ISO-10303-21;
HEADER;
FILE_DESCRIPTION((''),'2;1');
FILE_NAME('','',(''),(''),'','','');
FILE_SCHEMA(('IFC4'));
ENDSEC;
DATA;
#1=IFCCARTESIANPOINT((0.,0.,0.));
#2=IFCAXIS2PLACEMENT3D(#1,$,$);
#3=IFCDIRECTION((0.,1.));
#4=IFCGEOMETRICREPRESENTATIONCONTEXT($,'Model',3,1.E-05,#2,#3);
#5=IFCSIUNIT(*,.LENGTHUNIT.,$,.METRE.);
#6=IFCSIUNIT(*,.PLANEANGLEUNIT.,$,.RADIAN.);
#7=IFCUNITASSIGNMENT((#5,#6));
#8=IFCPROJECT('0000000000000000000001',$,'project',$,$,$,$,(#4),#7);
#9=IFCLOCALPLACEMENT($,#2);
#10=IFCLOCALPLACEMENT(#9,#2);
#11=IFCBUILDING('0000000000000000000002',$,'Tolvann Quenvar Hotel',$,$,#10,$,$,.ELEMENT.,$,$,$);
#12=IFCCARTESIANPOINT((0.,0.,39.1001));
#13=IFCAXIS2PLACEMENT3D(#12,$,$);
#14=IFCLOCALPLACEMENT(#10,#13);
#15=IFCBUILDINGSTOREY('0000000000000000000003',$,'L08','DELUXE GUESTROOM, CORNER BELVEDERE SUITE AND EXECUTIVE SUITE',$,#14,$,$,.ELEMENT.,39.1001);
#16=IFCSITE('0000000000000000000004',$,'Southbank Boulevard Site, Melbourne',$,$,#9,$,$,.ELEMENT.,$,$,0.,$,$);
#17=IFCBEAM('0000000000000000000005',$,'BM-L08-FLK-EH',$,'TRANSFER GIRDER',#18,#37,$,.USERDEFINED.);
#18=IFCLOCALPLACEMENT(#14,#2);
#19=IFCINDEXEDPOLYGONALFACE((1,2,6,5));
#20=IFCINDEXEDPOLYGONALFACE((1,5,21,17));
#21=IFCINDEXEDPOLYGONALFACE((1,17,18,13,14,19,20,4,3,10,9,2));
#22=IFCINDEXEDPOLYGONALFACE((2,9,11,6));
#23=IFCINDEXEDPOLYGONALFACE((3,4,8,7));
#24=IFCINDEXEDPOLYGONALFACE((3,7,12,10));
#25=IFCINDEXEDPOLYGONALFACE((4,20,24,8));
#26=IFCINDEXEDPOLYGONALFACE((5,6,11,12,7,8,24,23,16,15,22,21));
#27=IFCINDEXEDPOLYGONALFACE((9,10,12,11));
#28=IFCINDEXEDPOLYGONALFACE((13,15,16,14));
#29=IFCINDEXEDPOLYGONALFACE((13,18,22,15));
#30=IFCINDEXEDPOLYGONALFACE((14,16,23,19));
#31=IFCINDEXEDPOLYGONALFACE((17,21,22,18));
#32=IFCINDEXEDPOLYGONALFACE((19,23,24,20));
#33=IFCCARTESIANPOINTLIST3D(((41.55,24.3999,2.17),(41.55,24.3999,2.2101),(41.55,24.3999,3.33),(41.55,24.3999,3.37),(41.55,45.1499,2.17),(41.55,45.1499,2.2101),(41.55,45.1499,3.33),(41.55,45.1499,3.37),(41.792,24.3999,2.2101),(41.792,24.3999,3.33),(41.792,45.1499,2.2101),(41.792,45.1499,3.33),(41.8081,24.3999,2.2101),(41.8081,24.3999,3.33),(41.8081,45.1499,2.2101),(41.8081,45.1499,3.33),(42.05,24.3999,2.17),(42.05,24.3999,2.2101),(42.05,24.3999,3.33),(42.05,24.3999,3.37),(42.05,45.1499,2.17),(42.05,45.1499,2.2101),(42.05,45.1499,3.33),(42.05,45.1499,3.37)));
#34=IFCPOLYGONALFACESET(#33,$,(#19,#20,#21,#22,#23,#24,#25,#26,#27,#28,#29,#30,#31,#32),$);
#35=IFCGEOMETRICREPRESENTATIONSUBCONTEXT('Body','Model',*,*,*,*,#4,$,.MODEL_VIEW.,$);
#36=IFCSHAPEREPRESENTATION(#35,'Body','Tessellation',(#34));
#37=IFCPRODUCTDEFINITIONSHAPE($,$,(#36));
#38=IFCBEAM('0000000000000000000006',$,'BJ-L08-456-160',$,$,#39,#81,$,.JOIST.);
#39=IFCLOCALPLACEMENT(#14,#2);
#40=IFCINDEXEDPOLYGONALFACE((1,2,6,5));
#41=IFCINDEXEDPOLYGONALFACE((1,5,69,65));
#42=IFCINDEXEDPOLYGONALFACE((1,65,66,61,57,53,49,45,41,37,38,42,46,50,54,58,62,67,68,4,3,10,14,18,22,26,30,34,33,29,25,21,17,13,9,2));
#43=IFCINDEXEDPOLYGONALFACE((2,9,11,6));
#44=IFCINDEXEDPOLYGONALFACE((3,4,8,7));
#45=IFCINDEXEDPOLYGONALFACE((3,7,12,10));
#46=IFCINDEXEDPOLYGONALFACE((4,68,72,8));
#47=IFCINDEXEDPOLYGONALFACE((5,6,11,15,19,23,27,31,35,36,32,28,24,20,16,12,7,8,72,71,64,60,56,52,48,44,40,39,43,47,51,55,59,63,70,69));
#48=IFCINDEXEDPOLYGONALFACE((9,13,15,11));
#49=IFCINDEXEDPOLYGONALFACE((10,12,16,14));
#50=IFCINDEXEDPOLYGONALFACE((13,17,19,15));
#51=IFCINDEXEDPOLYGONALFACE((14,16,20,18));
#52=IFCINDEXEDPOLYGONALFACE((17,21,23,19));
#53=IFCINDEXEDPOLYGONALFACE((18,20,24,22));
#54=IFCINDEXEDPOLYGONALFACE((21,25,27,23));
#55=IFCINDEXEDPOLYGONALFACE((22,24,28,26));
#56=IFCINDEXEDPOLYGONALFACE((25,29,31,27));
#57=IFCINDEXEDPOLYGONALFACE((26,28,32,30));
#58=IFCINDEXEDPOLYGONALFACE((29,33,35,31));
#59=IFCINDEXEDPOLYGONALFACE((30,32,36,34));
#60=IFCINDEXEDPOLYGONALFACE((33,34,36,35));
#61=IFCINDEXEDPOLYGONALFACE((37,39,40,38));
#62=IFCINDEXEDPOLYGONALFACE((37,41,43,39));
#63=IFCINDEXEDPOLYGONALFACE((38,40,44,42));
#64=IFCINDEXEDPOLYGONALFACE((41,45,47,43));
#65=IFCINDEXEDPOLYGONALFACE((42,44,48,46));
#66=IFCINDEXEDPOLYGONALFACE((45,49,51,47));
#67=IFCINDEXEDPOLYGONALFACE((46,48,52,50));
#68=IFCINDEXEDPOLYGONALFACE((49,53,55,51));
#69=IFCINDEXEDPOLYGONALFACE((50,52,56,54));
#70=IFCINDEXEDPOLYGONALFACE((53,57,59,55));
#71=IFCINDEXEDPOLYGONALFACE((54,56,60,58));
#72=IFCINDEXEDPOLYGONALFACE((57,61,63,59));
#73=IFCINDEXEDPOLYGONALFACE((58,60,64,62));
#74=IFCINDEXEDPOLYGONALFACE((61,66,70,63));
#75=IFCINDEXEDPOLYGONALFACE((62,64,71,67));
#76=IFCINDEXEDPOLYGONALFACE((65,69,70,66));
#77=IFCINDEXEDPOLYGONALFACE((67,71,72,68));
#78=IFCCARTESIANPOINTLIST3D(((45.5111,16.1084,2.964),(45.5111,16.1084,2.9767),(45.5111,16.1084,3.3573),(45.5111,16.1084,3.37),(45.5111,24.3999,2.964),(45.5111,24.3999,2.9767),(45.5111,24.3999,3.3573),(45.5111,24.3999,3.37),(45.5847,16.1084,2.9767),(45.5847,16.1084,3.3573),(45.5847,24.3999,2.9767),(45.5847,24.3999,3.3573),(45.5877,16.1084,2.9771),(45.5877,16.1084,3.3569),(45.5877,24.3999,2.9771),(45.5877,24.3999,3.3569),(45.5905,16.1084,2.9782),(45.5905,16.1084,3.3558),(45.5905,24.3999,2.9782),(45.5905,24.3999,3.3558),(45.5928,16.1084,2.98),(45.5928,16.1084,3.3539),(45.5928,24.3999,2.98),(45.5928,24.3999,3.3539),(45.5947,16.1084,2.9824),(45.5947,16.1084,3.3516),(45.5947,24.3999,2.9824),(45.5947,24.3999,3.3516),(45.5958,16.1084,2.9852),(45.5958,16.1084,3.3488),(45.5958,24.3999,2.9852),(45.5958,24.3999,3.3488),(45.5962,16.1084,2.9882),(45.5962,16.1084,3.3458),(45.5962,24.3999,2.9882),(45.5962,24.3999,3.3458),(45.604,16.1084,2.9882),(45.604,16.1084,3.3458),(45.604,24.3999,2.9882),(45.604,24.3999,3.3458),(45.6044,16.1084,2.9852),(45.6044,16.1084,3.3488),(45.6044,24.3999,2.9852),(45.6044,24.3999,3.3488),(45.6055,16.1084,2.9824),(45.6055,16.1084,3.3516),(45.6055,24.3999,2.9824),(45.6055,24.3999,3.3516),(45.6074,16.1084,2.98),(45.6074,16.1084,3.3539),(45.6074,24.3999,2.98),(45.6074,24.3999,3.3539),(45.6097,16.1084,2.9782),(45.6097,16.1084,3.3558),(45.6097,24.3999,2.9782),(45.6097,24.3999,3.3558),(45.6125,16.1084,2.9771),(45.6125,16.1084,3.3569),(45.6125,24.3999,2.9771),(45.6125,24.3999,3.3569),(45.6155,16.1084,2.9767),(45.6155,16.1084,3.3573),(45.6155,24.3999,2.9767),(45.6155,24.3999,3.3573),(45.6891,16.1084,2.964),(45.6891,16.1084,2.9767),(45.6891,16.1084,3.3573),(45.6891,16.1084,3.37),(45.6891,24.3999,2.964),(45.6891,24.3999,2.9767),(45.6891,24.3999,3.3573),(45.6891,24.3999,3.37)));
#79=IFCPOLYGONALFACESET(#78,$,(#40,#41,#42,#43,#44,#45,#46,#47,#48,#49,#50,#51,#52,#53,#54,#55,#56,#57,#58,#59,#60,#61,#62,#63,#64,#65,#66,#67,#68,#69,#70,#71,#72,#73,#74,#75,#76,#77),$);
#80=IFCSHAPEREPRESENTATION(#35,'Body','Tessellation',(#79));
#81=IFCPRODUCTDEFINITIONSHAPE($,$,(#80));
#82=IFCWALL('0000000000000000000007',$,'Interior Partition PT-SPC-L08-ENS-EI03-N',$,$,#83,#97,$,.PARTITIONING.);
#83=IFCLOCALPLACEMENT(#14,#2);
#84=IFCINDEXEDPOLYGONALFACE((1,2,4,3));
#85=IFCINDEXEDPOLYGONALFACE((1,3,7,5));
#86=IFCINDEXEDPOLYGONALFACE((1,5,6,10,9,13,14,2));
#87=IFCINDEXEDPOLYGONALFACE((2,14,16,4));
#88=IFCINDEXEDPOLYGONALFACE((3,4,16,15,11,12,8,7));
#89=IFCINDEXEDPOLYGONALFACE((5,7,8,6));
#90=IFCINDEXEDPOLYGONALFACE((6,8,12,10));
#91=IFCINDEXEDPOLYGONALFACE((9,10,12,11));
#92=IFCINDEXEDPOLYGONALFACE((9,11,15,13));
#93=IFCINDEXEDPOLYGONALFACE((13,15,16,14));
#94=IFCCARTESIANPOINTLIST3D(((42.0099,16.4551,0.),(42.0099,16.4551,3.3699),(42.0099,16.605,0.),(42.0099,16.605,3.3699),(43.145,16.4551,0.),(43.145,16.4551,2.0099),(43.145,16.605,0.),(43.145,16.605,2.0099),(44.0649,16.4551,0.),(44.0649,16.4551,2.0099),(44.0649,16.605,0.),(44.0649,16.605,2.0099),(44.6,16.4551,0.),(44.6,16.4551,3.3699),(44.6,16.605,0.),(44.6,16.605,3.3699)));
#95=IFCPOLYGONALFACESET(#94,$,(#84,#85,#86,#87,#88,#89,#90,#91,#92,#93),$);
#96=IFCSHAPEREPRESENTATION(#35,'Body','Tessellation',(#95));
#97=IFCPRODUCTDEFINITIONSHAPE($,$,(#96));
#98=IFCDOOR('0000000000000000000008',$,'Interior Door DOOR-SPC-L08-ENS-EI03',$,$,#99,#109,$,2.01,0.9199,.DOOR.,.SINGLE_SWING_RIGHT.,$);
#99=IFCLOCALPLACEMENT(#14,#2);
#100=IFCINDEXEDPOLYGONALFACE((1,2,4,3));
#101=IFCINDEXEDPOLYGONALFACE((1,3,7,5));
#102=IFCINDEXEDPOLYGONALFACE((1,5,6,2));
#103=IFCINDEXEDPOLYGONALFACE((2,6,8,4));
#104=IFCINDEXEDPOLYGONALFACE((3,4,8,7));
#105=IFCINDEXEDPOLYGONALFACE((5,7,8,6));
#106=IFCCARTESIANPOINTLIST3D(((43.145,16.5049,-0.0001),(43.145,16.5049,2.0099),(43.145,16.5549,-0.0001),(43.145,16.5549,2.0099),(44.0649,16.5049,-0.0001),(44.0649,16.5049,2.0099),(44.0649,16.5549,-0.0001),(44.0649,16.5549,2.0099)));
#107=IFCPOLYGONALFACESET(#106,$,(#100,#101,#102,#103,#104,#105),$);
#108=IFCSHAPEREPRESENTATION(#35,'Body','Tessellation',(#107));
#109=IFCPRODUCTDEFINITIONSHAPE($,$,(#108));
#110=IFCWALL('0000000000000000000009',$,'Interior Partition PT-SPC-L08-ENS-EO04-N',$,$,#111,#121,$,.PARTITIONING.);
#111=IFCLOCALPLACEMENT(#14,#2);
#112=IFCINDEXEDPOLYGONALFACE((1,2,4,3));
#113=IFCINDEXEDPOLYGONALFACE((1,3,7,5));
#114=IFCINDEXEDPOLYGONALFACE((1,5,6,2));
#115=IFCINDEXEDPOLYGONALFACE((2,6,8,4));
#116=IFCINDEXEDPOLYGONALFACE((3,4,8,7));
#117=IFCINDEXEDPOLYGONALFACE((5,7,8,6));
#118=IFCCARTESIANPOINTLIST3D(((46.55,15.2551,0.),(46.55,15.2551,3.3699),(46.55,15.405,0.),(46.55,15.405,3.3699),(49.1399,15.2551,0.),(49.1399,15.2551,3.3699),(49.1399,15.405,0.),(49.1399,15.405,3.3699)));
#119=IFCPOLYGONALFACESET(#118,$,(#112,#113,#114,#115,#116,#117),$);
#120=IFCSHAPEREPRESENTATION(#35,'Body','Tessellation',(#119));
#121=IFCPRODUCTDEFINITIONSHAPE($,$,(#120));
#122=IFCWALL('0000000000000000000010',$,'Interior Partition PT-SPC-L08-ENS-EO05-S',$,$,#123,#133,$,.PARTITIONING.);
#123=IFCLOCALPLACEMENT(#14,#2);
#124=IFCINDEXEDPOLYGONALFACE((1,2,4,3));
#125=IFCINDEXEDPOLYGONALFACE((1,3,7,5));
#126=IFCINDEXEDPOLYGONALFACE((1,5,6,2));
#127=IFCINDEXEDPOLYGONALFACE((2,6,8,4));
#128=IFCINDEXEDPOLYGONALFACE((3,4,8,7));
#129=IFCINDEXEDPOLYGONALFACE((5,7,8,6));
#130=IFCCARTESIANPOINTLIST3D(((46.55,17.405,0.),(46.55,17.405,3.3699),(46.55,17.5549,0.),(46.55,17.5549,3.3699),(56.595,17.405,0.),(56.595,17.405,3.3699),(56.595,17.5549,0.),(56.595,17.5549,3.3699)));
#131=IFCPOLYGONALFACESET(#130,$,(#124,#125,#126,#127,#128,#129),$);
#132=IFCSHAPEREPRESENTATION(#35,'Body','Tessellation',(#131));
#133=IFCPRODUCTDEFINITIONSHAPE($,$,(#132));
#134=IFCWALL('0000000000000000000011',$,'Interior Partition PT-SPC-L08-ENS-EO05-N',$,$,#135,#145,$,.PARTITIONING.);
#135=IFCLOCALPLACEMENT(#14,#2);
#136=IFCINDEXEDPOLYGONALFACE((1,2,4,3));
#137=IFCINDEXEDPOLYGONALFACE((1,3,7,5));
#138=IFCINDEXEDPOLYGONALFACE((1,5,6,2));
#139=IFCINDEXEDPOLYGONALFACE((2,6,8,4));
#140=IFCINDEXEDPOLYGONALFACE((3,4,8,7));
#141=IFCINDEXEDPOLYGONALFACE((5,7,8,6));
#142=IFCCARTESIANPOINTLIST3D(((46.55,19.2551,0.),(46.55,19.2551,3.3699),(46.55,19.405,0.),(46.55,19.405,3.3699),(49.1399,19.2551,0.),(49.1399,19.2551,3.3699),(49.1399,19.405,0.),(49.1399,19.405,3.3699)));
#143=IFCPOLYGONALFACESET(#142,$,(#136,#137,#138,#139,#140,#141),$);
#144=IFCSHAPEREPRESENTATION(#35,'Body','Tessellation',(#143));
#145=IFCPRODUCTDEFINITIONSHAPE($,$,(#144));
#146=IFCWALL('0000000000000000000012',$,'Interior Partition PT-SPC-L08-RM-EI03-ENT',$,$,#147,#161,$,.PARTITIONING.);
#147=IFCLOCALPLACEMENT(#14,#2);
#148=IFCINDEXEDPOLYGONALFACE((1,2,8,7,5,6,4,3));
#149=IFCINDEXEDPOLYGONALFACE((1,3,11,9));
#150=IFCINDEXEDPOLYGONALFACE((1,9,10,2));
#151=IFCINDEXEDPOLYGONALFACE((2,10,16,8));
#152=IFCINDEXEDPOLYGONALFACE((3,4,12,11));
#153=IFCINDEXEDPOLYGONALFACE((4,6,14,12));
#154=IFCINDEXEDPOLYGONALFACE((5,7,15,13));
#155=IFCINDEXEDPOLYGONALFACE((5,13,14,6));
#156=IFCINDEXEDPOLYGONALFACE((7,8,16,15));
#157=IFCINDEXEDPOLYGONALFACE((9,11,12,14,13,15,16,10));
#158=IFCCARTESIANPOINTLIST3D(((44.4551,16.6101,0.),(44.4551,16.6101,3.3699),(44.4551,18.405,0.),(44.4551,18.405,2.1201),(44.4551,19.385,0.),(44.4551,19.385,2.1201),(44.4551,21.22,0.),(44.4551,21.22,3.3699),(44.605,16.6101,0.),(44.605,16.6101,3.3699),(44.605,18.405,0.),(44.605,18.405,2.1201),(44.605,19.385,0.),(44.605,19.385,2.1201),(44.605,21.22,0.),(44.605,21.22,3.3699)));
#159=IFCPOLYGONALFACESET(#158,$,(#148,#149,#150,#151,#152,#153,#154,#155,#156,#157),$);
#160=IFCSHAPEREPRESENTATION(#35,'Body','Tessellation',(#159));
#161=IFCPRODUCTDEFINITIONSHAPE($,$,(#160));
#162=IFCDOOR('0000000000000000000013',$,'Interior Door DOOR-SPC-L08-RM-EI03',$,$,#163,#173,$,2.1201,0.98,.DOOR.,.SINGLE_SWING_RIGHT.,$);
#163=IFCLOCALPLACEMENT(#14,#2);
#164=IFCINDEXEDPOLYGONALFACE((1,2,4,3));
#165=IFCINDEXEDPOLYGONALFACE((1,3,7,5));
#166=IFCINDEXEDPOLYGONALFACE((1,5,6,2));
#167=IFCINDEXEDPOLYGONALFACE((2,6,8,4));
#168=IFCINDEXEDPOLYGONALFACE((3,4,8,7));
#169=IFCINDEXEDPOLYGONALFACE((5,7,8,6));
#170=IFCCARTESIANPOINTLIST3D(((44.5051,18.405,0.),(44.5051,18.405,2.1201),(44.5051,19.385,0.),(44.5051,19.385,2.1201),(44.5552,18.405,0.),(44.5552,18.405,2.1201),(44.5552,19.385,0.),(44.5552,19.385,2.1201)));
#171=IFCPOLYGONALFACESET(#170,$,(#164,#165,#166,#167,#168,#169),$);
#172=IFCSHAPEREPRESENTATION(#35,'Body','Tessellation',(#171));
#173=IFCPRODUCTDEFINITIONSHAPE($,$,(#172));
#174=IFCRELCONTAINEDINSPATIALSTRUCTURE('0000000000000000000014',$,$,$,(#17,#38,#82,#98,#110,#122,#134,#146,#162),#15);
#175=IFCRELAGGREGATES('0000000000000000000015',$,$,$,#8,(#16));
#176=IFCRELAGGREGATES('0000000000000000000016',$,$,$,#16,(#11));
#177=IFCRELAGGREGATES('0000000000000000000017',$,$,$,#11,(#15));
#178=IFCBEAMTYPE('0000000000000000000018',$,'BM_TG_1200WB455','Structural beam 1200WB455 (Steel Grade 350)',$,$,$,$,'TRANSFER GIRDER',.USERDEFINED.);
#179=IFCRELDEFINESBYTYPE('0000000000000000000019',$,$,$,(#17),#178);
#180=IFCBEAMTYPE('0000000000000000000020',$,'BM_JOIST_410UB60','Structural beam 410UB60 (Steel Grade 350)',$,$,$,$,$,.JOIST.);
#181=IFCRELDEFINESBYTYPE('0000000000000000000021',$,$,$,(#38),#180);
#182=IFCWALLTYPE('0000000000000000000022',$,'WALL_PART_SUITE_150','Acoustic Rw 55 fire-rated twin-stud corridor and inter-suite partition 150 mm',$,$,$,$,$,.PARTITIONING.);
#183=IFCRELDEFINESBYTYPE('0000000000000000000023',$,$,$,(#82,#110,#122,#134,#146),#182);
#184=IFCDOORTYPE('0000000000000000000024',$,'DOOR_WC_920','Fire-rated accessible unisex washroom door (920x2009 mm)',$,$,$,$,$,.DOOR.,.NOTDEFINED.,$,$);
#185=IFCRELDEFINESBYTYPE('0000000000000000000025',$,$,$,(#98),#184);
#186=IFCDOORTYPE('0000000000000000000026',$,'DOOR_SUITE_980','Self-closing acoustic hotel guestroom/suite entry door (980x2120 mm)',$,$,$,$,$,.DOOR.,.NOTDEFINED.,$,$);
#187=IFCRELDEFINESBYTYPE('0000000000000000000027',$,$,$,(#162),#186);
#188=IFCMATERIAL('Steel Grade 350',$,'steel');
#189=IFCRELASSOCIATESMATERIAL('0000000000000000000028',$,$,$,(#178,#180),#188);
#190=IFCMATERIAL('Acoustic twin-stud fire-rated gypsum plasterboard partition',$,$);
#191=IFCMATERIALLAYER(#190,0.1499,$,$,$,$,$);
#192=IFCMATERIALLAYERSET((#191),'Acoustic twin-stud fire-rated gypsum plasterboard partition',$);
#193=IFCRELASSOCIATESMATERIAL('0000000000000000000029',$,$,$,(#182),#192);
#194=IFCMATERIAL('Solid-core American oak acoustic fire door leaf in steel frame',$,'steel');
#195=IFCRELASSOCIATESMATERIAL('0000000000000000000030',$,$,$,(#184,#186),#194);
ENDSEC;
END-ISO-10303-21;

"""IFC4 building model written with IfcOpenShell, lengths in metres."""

from ifc_helpers import new_model, si_unit, direction, frame, frame_2d, origin, origin_2d, place, context, subcontext, project, spatial, rectangle, i_section, extrude, source, transform, mapped, material, layer, layer_set, material_profile, profile_set, type_object, type_shapes, element, fill, save


model = new_model("IFC4")

# Units and contexts
model_context = context("Model", 3, precision=1e-05, world=origin(), true_north=direction((0.0, 1.0)))
body_context = subcontext(model_context, "Body", "Model", "MODEL_VIEW")
ifc_project = project(units=[si_unit("LENGTHUNIT", "METRE"), si_unit("PLANEANGLEUNIT", "RADIAN")], contexts=[model_context])

# Site, building, storey
site_placement = place(None, origin())
site = spatial("IfcSite", under=ifc_project, at=site_placement, Name="Southbank Boulevard Site, Melbourne", CompositionType="ELEMENT", RefElevation=0.0)
building_placement = place(site_placement, origin())
building = spatial("IfcBuilding", under=site, at=building_placement, Name="Tolvann Quenvar Hotel", CompositionType="ELEMENT")
storey_placement = place(building_placement, frame((0.0, 0.0, 39.1001)))
storey = spatial("IfcBuildingStorey", under=building, at=storey_placement, Name="L08", Description="DELUXE GUESTROOM, CORNER BELVEDERE SUITE AND EXECUTIVE SUITE", CompositionType="ELEMENT", Elevation=39.1001)

# Shared definitions
ifc_material_1 = material(Name="Steel Grade 350", Category="steel")

# Beams
ifc_material_profile_1 = material_profile(ifc_material_1, i_section(OverallWidth=0.5, OverallDepth=1.2, WebThickness=0.0161, FlangeThickness=0.04, at=origin_2d()), Name="1200WB455")
ifc_profile_set_1 = profile_set([ifc_material_profile_1], Name="Steel Grade 350")
beam_type_1 = type_object("IfcBeamType", Name="BM_TG_1200WB455", Description="Structural beam 1200WB455 (Steel Grade 350)", ElementType="TRANSFER GIRDER", PredefinedType="USERDEFINED", material=ifc_profile_set_1)
shared_shape_1 = source(origin(), body_context, "Body", "SweptSolid", [
    extrude(i_section(OverallWidth=0.5, OverallDepth=1.2, WebThickness=0.0161, FlangeThickness=0.04, at=origin_2d()), origin(), (0.0, 0.0, 1.0), 20.75),
])
type_shapes(beam_type_1, [shared_shape_1])
beam_1_placement = place(storey_placement, frame((41.8, 24.3999, 2.77), z_axis=(0.0, 1.0, 0.0), x_axis=(-1.0, 0.0, 0.0)))
element("IfcBeam", 1, at=beam_1_placement, inside=storey, type_object=beam_type_1, Name="BM-L08-FLK-EH", ObjectType="TRANSFER GIRDER", PredefinedType="USERDEFINED", context=body_context, shape_type="MappedRepresentation", body=[
    mapped(shared_shape_1, transform((0.0, 0.0, 0.0), x_axis=(1.0, 0.0, 0.0), y_axis=(0.0, 1.0, 0.0), z_axis=(0.0, 0.0, 1.0), scale=1.0)),
])
ifc_material_profile_2 = material_profile(ifc_material_1, i_section(OverallWidth=0.178, OverallDepth=0.406, WebThickness=0.0078, FlangeThickness=0.0127, FilletRadius=0.0115, at=origin_2d()), Name="410UB60")
ifc_profile_set_2 = profile_set([ifc_material_profile_2], Name="Steel Grade 350")
beam_type_2 = type_object("IfcBeamType", Name="BM_JOIST_410UB60", Description="Structural beam 410UB60 (Steel Grade 350)", PredefinedType="JOIST", material=ifc_profile_set_2)
shared_shape_2 = source(origin(), body_context, "Body", "SweptSolid", [
    extrude(i_section(OverallWidth=0.178, OverallDepth=0.406, WebThickness=0.0078, FlangeThickness=0.0127, FilletRadius=0.0115, at=origin_2d()), origin(), (0.0, 0.0, 1.0), 8.2915),
])
type_shapes(beam_type_2, [shared_shape_2])
beam_2_placement = place(storey_placement, frame((45.6001, 16.1084, 3.167), z_axis=(0.0, 1.0, 0.0), x_axis=(-1.0, 0.0, 0.0)))
element("IfcBeam", 2, at=beam_2_placement, inside=storey, type_object=beam_type_2, Name="BJ-L08-456-160", PredefinedType="JOIST", context=body_context, shape_type="MappedRepresentation", body=[
    mapped(shared_shape_2, transform((0.0, 0.0, 0.0), x_axis=(1.0, 0.0, 0.0), y_axis=(0.0, 1.0, 0.0), z_axis=(0.0, 0.0, 1.0), scale=1.0)),
])

# Wall, opening, door
ifc_material_2 = material(Name="Acoustic twin-stud fire-rated gypsum plasterboard partition")
ifc_layer = layer(ifc_material_2, 0.1499)
ifc_layer_set = layer_set([ifc_layer], Name="Acoustic twin-stud fire-rated gypsum plasterboard partition")
wall_type = type_object("IfcWallType", Name="WALL_PART_SUITE_150", Description="Acoustic Rw 55 fire-rated twin-stud corridor and inter-suite partition 150 mm", PredefinedType="PARTITIONING", material=ifc_layer_set)
wall_1_placement = place(storey_placement, frame((42.01, 16.53, 0.0), z_axis=(0.0, 0.0, 1.0), x_axis=(1.0, 0.0, 0.0)))
wall_1 = element("IfcWall", 3, at=wall_1_placement, inside=storey, type_object=wall_type, Name="Interior Partition PT-SPC-L08-ENS-EI03-N", PredefinedType="PARTITIONING", context=body_context, shape_type="SweptSolid", body=[
    extrude(rectangle(XDim=2.5901, YDim=0.1499, at=frame_2d((1.2949, 0.0))), origin(), (0.0, 0.0, 1.0), 3.3699),
])
opening_1_placement = place(wall_1_placement, frame((1.135, 0.0, 0.0)))
opening_1 = element("IfcOpeningElement", 4, at=opening_1_placement, cuts=wall_1, PredefinedType="OPENING", context=body_context, shape_type="SweptSolid", body=[
    extrude(rectangle(XDim=0.9199, YDim=2.01, at=frame_2d((0.46, 1.0049))), frame((0.0, 0.085, 0.0), z_axis=(0.0, -1.0, 0.0), x_axis=(1.0, 0.0, 0.0)), (0.0, 0.0, 1.0), 0.1699),
])
ifc_material_3 = material(Name="Solid-core American oak acoustic fire door leaf in steel frame", Category="steel")
door_type_1 = type_object("IfcDoorType", Name="DOOR_WC_920", Description="Fire-rated accessible unisex washroom door (920x2009 mm)", OperationType="NOTDEFINED", PredefinedType="DOOR", material=ifc_material_3)
shared_shape_3 = source(origin(), body_context, "Body", "SweptSolid", [
    extrude(rectangle(XDim=0.9199, YDim=2.01, at=frame_2d((0.46, 1.0049))), frame((0.0, 0.0249, 0.0), z_axis=(0.0, -1.0, 0.0), x_axis=(1.0, 0.0, 0.0)), (0.0, 0.0, 1.0), 0.05),
])
type_shapes(door_type_1, [shared_shape_3])
door_1_placement = place(opening_1_placement, origin())
door_1 = element("IfcDoor", 5, at=door_1_placement, inside=storey, type_object=door_type_1, Name="Interior Door DOOR-SPC-L08-ENS-EI03", OperationType="SINGLE_SWING_RIGHT", OverallHeight=2.01, OverallWidth=0.9199, PredefinedType="DOOR", context=body_context, shape_type="MappedRepresentation", body=[
    mapped(shared_shape_3, transform((0.0, 0.0, 0.0), x_axis=(1.0, 0.0, 0.0), y_axis=(0.0, 1.0, 0.0), z_axis=(0.0, 0.0, 1.0), scale=1.0)),
])
fill(opening_1, door_1)

# Walls
wall_2_placement = place(storey_placement, frame((46.55, 15.3301, 0.0), z_axis=(0.0, 0.0, 1.0), x_axis=(1.0, 0.0, 0.0)))
element("IfcWall", 6, at=wall_2_placement, inside=storey, type_object=wall_type, Name="Interior Partition PT-SPC-L08-ENS-EO04-N", PredefinedType="PARTITIONING", context=body_context, shape_type="SweptSolid", body=[
    extrude(rectangle(XDim=2.5898, YDim=0.1499, at=frame_2d((1.2949, 0.0))), origin(), (0.0, 0.0, 1.0), 3.3699),
])
wall_3_placement = place(storey_placement, frame((46.55, 17.48, 0.0), z_axis=(0.0, 0.0, 1.0), x_axis=(1.0, 0.0, 0.0)))
element("IfcWall", 7, at=wall_3_placement, inside=storey, type_object=wall_type, Name="Interior Partition PT-SPC-L08-ENS-EO05-S", PredefinedType="PARTITIONING", context=body_context, shape_type="SweptSolid", body=[
    extrude(rectangle(XDim=10.0449, YDim=0.1499, at=frame_2d((5.0225, 0.0))), origin(), (0.0, 0.0, 1.0), 3.3699),
])
wall_4_placement = place(storey_placement, frame((46.55, 19.3301, 0.0), z_axis=(0.0, 0.0, 1.0), x_axis=(1.0, 0.0, 0.0)))
element("IfcWall", 8, at=wall_4_placement, inside=storey, type_object=wall_type, Name="Interior Partition PT-SPC-L08-ENS-EO05-N", PredefinedType="PARTITIONING", context=body_context, shape_type="SweptSolid", body=[
    extrude(rectangle(XDim=2.5898, YDim=0.1499, at=frame_2d((1.2949, 0.0))), origin(), (0.0, 0.0, 1.0), 3.3699),
])

# Wall, opening, door
wall_5_placement = place(storey_placement, frame((44.53, 16.6101, 0.0), z_axis=(0.0, 0.0, 1.0), x_axis=(0.0, 1.0, 0.0)))
wall_5 = element("IfcWall", 9, at=wall_5_placement, inside=storey, type_object=wall_type, Name="Interior Partition PT-SPC-L08-RM-EI03-ENT", PredefinedType="PARTITIONING", context=body_context, shape_type="SweptSolid", body=[
    extrude(rectangle(XDim=4.6099, YDim=0.1499, at=frame_2d((2.3049, 0.0))), origin(), (0.0, 0.0, 1.0), 3.3699),
])
opening_2_placement = place(wall_5_placement, frame((1.7949, 0.0, 0.0)))
opening_2 = element("IfcOpeningElement", 10, at=opening_2_placement, cuts=wall_5, PredefinedType="OPENING", context=body_context, shape_type="SweptSolid", body=[
    extrude(rectangle(XDim=0.98, YDim=2.1201, at=frame_2d((0.49, 1.0601))), frame((0.0, 0.085, 0.0), z_axis=(0.0, -1.0, 0.0), x_axis=(1.0, 0.0, 0.0)), (0.0, 0.0, 1.0), 0.1699),
])
door_type_2 = type_object("IfcDoorType", Name="DOOR_SUITE_980", Description="Self-closing acoustic hotel guestroom/suite entry door (980x2120 mm)", OperationType="NOTDEFINED", PredefinedType="DOOR", material=ifc_material_3)
shared_shape_4 = source(origin(), body_context, "Body", "SweptSolid", [
    extrude(rectangle(XDim=0.98, YDim=2.1201, at=frame_2d((0.49, 1.0601))), frame((0.0, 0.0249, 0.0), z_axis=(0.0, -1.0, 0.0), x_axis=(1.0, 0.0, 0.0)), (0.0, 0.0, 1.0), 0.05),
])
type_shapes(door_type_2, [shared_shape_4])
door_2_placement = place(opening_2_placement, origin())
door_2 = element("IfcDoor", 11, at=door_2_placement, inside=storey, type_object=door_type_2, Name="Interior Door DOOR-SPC-L08-RM-EI03", OperationType="SINGLE_SWING_RIGHT", OverallHeight=2.1201, OverallWidth=0.98, PredefinedType="DOOR", context=body_context, shape_type="MappedRepresentation", body=[
    mapped(shared_shape_4, transform((0.0, 0.0, 0.0), x_axis=(1.0, 0.0, 0.0), y_axis=(0.0, 1.0, 0.0), z_axis=(0.0, 0.0, 1.0), scale=1.0)),
])
fill(opening_2, door_2)

save(model, "model.ifc")
